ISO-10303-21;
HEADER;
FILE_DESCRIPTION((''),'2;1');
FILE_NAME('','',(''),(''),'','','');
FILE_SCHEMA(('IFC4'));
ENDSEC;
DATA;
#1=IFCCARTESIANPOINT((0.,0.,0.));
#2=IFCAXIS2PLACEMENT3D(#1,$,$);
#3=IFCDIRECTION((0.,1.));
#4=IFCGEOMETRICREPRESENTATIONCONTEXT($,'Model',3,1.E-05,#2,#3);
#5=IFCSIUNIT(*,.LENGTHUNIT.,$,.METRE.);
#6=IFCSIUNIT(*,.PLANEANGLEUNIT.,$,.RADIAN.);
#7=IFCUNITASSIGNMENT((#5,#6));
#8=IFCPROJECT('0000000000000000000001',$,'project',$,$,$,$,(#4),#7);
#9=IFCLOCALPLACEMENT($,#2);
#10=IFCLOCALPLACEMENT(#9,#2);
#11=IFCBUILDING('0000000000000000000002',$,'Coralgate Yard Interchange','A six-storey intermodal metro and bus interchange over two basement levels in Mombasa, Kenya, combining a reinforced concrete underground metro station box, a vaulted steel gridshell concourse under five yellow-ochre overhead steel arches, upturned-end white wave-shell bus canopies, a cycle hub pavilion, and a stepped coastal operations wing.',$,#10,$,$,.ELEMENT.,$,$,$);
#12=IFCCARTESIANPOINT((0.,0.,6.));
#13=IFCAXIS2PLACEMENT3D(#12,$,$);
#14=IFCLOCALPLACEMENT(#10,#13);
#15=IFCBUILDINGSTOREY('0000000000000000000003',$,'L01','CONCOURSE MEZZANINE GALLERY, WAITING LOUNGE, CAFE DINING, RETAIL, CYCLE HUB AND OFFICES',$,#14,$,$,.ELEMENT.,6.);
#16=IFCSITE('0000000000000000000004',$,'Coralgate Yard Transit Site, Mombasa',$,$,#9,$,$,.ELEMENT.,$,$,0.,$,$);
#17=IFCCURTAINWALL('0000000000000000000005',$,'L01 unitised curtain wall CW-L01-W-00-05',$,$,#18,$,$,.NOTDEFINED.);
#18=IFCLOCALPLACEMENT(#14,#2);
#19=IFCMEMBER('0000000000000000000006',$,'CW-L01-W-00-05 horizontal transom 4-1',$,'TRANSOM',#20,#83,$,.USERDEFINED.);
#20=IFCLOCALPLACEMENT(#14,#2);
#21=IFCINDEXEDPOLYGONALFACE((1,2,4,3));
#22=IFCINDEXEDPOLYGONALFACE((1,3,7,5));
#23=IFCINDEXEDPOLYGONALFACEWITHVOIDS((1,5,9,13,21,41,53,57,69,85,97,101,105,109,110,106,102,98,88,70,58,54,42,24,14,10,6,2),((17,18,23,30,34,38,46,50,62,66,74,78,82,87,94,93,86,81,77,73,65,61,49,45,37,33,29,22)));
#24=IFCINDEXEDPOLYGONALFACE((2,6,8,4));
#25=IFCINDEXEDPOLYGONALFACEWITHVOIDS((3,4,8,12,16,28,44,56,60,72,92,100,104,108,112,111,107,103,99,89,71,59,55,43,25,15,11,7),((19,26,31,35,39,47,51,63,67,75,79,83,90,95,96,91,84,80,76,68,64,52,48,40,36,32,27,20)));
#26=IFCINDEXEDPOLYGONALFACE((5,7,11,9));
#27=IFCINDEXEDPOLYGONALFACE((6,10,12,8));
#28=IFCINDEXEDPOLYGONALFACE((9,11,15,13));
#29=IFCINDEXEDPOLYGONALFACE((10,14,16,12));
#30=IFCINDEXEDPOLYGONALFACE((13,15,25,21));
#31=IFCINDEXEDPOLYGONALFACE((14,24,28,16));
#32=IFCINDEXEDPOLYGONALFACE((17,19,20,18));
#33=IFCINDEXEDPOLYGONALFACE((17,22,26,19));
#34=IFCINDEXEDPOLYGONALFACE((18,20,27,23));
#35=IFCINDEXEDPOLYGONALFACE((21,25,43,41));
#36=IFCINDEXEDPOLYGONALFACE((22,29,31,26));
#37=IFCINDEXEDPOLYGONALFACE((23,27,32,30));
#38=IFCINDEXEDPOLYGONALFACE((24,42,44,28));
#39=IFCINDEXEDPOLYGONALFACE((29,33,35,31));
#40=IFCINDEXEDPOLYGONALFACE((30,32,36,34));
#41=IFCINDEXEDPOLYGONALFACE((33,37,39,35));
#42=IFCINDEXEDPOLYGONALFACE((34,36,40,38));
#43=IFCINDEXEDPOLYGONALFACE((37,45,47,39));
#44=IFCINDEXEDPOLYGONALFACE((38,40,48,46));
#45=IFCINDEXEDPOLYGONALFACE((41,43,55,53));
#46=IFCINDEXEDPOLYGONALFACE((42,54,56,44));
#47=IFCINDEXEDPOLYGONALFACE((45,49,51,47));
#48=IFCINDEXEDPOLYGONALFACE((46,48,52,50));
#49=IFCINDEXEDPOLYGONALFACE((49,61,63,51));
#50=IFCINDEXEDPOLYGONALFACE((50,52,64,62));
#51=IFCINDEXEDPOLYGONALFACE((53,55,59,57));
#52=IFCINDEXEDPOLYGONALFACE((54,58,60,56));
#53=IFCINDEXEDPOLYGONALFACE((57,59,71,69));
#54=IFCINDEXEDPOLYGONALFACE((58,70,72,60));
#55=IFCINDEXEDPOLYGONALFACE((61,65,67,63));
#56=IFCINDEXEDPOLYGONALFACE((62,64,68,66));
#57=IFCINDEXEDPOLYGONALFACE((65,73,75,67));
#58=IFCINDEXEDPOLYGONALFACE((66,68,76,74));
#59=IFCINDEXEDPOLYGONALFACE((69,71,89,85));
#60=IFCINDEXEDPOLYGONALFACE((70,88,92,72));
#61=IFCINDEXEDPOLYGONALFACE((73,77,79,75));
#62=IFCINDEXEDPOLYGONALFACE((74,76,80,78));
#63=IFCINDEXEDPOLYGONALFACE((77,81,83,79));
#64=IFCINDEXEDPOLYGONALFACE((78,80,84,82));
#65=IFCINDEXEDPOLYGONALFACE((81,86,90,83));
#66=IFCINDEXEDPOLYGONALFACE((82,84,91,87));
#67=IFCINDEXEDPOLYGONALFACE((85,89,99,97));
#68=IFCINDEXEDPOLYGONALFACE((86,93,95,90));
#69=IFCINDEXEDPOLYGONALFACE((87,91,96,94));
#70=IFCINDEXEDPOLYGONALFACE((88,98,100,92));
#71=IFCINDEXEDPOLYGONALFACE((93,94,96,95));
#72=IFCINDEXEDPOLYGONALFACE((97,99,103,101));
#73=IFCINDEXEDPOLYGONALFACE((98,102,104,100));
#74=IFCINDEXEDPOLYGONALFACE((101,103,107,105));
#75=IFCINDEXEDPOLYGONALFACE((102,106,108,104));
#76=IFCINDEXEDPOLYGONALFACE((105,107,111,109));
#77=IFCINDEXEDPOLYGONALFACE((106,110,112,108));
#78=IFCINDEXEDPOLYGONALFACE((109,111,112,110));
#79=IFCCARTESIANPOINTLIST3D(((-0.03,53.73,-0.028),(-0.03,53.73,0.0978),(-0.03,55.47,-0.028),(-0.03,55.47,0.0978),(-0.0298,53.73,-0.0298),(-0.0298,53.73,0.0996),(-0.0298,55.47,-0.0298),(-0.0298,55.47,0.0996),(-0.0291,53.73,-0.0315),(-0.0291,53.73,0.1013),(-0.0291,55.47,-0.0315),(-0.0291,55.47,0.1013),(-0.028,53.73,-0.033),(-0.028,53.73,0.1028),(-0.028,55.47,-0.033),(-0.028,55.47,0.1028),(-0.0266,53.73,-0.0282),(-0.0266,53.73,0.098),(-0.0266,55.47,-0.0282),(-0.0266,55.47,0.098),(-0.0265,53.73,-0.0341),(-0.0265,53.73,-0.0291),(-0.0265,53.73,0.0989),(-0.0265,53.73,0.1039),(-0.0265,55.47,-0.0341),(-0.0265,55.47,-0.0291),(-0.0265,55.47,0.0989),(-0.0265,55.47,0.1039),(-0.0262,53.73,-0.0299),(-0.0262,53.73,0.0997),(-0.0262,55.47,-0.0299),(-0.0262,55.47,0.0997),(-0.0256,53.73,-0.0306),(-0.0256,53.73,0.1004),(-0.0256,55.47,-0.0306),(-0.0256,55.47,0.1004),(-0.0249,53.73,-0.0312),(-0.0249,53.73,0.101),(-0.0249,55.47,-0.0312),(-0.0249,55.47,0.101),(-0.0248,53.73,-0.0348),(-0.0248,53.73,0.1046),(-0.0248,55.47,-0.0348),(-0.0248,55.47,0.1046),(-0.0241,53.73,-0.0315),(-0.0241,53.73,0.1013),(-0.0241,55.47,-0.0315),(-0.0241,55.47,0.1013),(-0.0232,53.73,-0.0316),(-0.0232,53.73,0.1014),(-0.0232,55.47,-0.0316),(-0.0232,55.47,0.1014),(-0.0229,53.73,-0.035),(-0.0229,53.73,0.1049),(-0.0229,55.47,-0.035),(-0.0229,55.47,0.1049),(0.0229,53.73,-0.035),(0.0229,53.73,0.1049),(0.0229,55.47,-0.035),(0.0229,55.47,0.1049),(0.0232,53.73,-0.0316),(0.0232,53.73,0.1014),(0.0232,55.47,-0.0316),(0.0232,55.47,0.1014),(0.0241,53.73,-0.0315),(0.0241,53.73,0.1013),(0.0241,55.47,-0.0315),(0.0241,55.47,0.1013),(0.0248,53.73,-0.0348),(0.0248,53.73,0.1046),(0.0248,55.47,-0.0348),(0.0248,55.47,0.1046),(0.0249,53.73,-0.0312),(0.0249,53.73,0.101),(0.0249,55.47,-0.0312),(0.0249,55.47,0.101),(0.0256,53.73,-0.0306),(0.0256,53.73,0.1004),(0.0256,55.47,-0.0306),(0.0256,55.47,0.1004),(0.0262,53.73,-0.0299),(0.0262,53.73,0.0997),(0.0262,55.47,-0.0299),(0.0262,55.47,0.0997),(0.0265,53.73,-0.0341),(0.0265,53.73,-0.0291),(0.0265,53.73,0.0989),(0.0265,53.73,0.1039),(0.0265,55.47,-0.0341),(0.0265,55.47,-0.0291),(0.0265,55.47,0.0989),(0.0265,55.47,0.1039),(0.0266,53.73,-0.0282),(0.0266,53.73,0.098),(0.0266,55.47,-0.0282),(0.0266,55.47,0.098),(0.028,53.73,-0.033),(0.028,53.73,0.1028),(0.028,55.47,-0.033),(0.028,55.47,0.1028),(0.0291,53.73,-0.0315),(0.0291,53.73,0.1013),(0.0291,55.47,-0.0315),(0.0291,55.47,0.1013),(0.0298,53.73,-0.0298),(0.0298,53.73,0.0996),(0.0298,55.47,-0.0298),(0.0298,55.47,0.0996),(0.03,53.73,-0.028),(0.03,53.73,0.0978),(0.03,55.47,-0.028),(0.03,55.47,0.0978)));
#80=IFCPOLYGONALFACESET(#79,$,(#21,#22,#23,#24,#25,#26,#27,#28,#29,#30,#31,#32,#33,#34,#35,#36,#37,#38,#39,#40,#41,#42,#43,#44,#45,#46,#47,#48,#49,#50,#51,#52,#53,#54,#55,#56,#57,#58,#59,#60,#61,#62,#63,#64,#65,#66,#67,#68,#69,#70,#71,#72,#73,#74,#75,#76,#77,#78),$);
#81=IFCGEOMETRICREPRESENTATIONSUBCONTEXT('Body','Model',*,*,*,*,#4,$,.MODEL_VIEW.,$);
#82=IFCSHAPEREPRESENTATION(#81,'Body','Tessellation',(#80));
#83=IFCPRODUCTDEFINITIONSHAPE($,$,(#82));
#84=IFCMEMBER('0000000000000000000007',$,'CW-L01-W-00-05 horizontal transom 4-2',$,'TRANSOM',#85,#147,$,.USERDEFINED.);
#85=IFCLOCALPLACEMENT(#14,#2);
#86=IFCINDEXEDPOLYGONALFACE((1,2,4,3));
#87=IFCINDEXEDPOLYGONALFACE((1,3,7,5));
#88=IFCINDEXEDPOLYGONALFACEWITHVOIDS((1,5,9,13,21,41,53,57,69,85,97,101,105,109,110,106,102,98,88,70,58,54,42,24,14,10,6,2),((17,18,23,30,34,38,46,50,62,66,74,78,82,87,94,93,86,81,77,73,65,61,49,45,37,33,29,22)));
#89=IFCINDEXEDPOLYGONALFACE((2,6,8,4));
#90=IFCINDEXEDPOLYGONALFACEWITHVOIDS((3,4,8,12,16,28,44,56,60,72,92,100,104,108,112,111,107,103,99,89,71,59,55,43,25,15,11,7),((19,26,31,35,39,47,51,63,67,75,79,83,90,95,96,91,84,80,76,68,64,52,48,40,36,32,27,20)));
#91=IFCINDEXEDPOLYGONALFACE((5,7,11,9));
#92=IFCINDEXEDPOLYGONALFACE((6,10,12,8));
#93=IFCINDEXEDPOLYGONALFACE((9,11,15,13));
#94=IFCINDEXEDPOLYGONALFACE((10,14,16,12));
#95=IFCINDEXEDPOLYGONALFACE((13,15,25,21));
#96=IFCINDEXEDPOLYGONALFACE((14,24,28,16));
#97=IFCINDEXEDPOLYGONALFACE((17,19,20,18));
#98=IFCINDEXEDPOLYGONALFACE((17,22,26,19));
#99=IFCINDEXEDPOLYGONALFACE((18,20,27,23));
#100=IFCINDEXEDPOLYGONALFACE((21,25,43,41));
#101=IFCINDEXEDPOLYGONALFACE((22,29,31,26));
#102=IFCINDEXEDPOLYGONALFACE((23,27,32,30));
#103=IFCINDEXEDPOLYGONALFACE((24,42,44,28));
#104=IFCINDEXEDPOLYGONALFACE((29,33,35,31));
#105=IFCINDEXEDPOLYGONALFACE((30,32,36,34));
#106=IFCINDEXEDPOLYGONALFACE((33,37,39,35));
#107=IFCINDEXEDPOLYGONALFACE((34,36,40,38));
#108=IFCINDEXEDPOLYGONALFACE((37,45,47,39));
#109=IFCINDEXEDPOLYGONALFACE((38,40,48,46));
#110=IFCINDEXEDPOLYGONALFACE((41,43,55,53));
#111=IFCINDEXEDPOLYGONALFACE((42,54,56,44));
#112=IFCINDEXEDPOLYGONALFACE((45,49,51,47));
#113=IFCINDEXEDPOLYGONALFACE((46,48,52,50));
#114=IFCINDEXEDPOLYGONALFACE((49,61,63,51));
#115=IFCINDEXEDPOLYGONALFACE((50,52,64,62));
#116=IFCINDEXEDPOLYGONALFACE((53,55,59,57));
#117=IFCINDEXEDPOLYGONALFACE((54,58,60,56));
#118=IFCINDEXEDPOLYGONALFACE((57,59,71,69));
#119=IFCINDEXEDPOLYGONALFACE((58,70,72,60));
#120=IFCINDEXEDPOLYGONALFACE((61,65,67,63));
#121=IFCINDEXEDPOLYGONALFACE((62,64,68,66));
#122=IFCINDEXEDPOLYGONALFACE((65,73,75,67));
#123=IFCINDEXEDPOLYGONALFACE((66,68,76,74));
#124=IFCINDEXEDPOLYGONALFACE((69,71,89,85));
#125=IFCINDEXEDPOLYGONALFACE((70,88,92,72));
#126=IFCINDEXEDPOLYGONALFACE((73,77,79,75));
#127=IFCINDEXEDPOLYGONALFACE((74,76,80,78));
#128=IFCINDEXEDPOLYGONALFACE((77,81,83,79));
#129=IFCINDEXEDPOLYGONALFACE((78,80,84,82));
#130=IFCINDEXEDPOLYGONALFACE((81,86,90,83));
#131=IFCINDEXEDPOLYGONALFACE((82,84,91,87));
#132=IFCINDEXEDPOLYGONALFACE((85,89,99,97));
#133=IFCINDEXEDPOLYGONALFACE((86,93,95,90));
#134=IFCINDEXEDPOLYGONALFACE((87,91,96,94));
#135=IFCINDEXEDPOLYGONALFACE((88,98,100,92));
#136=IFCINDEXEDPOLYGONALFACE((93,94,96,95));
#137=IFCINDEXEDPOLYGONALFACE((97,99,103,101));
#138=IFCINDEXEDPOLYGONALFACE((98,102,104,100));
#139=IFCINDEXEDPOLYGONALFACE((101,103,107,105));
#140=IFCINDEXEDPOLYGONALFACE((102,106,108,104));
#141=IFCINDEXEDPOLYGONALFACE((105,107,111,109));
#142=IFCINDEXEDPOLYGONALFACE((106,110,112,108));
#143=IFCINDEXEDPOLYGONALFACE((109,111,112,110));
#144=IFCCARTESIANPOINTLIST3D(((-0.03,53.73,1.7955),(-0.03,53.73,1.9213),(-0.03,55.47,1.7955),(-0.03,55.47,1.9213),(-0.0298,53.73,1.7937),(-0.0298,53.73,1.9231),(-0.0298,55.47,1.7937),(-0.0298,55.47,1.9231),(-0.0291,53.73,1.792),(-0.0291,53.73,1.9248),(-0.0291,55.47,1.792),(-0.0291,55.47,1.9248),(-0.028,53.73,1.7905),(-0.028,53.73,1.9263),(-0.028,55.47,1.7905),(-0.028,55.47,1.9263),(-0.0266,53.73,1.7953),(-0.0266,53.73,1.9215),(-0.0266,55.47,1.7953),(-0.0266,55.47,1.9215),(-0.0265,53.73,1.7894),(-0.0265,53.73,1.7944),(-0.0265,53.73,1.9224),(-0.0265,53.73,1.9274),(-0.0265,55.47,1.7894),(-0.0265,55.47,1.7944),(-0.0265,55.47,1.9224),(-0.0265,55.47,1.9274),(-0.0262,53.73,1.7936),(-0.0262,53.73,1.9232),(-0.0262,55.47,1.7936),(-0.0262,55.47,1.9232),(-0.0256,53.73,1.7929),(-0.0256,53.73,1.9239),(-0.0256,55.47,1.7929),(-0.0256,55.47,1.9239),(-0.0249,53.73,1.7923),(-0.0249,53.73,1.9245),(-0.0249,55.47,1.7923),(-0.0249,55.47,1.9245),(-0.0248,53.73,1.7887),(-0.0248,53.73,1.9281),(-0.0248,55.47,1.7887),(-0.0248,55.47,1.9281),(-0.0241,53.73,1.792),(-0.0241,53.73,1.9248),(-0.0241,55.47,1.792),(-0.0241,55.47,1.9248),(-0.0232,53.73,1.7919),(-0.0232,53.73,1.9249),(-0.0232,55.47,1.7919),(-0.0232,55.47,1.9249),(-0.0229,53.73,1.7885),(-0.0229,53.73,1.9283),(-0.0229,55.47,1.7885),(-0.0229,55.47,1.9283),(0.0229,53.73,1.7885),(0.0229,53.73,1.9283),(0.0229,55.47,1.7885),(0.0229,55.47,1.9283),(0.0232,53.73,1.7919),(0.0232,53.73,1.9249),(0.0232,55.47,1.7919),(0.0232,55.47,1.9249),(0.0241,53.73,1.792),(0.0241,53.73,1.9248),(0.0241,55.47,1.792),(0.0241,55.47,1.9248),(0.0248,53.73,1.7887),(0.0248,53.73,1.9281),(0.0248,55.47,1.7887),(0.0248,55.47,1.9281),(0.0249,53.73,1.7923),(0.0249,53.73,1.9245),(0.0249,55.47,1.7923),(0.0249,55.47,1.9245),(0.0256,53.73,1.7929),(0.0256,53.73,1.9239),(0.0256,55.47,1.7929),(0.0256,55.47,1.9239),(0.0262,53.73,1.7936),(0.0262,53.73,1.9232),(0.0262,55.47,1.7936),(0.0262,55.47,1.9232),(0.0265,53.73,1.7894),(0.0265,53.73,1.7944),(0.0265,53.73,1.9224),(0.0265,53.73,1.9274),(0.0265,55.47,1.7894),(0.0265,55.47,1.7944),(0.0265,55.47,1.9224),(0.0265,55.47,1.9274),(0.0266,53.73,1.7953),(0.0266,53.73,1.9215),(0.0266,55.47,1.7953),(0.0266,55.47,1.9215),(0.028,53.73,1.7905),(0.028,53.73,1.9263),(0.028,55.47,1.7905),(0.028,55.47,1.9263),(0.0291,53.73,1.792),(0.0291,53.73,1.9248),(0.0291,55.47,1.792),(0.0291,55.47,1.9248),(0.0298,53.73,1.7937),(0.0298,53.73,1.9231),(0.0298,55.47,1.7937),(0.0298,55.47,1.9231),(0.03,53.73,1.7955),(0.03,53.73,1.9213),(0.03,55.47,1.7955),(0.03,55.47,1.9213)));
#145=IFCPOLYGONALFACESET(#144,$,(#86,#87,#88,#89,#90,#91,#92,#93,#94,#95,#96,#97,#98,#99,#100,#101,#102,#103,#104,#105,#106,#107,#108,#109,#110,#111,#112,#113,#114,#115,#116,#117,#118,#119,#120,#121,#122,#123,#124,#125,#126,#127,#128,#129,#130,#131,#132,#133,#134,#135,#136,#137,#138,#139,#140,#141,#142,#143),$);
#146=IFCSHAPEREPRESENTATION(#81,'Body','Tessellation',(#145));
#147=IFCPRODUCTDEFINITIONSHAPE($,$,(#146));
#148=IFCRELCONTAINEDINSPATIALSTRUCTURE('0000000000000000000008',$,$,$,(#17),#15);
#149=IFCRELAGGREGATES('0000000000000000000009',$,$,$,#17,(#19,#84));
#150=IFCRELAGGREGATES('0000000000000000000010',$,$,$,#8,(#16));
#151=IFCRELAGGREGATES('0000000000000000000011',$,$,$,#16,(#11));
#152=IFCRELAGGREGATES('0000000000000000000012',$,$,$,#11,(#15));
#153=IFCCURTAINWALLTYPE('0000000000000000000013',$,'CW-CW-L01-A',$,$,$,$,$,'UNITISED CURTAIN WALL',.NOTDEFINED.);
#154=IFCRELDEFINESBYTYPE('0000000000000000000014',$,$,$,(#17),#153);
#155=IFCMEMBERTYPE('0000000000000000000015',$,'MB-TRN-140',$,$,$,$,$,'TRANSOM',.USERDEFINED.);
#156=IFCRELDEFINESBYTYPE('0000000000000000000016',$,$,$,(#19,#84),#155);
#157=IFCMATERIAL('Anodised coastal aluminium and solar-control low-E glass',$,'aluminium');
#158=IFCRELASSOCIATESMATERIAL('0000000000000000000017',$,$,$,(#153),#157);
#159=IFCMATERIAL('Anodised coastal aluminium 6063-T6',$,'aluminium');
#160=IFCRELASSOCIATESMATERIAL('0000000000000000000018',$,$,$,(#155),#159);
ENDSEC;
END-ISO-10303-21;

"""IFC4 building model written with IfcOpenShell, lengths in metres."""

from ifc_helpers import new_model, si_unit, direction, frame, origin, origin_2d, place, context, subcontext, project, spatial, hollow_rectangle, extrude, material, material_profile, profile_set, type_object, element, aggregate, save


model = new_model("IFC4")

# Units and contexts
model_context = context("Model", 3, precision=1e-05, world=origin(), true_north=direction((0.0, 1.0)))
body_context = subcontext(model_context, "Body", "Model", "MODEL_VIEW")
ifc_project = project(units=[si_unit("LENGTHUNIT", "METRE"), si_unit("PLANEANGLEUNIT", "RADIAN")], contexts=[model_context])

# Site, building, storey
site_placement = place(None, origin())
site = spatial("IfcSite", under=ifc_project, at=site_placement, Name="Coralgate Yard Transit Site, Mombasa", CompositionType="ELEMENT", RefElevation=0.0)
building_placement = place(site_placement, origin())
building = spatial("IfcBuilding", under=site, at=building_placement, Name="Coralgate Yard Interchange", Description="A six-storey intermodal metro and bus interchange over two basement levels in Mombasa, Kenya, combining a reinforced concrete underground metro station box, a vaulted steel gridshell concourse under five yellow-ochre overhead steel arches, upturned-end white wave-shell bus canopies, a cycle hub pavilion, and a stepped coastal operations wing.", CompositionType="ELEMENT")
storey_placement = place(building_placement, frame((0.0, 0.0, 6.0)))
storey = spatial("IfcBuildingStorey", under=building, at=storey_placement, Name="L01", Description="CONCOURSE MEZZANINE GALLERY, WAITING LOUNGE, CAFE DINING, RETAIL, CYCLE HUB AND OFFICES", CompositionType="ELEMENT", Elevation=6.0)

# Curtain wall, members
ifc_material_1 = material(Name="Anodised coastal aluminium and solar-control low-E glass", Category="aluminium")
curtain_wall_type = type_object("IfcCurtainWallType", Name="CW-CW-L01-A", ElementType="UNITISED CURTAIN WALL", PredefinedType="NOTDEFINED", material=ifc_material_1)
curtain_wall_placement = place(storey_placement, origin())
curtain_wall = element("IfcCurtainWall", 1, at=curtain_wall_placement, inside=storey, type_object=curtain_wall_type, Name="L01 unitised curtain wall CW-L01-W-00-05", PredefinedType="NOTDEFINED")
ifc_material_2 = material(Name="Anodised coastal aluminium 6063-T6", Category="aluminium")
ifc_material_profile_1 = material_profile(ifc_material_2, hollow_rectangle(XDim=0.0601, YDim=0.1399, WallThickness=0.0034, InnerFilletRadius=0.0034, OuterFilletRadius=0.0071, at=origin_2d()), Name="ALU 60x140x3.5")
ifc_profile_set_1 = profile_set([ifc_material_profile_1], Name="Anodised coastal aluminium 6063-T6")
member_type_1 = type_object("IfcMemberType", Name="MB-TRN-140", ElementType="TRANSOM", PredefinedType="USERDEFINED", material=ifc_profile_set_1)
member_1_placement = place(storey_placement, frame((0.0, 53.73, 0.0349), z_axis=(0.0, 1.0, 0.0), x_axis=(-1.0, 0.0, 0.0)))
member_1 = element("IfcMember", 2, at=member_1_placement, type_object=member_type_1, Name="CW-L01-W-00-05 horizontal transom 4-1", ObjectType="TRANSOM", PredefinedType="USERDEFINED", context=body_context, shape_type="SweptSolid", body=[
    extrude(hollow_rectangle(XDim=0.0601, YDim=0.1399, WallThickness=0.0034, InnerFilletRadius=0.0034, OuterFilletRadius=0.0071, at=origin_2d()), origin(), (0.0, 0.0, 1.0), 1.74),
])
member_2_placement = place(storey_placement, frame((0.0, 53.73, 1.8584), z_axis=(0.0, 1.0, 0.0), x_axis=(-1.0, 0.0, 0.0)))
member_2 = element("IfcMember", 3, at=member_2_placement, type_object=member_type_1, Name="CW-L01-W-00-05 horizontal transom 4-2", ObjectType="TRANSOM", PredefinedType="USERDEFINED", context=body_context, shape_type="SweptSolid", body=[
    extrude(hollow_rectangle(XDim=0.0601, YDim=0.1399, WallThickness=0.0034, InnerFilletRadius=0.0034, OuterFilletRadius=0.0071, at=origin_2d()), origin(), (0.0, 0.0, 1.0), 1.74),
])
aggregate(curtain_wall, [member_1, member_2])

save(model, "model.ifc")
